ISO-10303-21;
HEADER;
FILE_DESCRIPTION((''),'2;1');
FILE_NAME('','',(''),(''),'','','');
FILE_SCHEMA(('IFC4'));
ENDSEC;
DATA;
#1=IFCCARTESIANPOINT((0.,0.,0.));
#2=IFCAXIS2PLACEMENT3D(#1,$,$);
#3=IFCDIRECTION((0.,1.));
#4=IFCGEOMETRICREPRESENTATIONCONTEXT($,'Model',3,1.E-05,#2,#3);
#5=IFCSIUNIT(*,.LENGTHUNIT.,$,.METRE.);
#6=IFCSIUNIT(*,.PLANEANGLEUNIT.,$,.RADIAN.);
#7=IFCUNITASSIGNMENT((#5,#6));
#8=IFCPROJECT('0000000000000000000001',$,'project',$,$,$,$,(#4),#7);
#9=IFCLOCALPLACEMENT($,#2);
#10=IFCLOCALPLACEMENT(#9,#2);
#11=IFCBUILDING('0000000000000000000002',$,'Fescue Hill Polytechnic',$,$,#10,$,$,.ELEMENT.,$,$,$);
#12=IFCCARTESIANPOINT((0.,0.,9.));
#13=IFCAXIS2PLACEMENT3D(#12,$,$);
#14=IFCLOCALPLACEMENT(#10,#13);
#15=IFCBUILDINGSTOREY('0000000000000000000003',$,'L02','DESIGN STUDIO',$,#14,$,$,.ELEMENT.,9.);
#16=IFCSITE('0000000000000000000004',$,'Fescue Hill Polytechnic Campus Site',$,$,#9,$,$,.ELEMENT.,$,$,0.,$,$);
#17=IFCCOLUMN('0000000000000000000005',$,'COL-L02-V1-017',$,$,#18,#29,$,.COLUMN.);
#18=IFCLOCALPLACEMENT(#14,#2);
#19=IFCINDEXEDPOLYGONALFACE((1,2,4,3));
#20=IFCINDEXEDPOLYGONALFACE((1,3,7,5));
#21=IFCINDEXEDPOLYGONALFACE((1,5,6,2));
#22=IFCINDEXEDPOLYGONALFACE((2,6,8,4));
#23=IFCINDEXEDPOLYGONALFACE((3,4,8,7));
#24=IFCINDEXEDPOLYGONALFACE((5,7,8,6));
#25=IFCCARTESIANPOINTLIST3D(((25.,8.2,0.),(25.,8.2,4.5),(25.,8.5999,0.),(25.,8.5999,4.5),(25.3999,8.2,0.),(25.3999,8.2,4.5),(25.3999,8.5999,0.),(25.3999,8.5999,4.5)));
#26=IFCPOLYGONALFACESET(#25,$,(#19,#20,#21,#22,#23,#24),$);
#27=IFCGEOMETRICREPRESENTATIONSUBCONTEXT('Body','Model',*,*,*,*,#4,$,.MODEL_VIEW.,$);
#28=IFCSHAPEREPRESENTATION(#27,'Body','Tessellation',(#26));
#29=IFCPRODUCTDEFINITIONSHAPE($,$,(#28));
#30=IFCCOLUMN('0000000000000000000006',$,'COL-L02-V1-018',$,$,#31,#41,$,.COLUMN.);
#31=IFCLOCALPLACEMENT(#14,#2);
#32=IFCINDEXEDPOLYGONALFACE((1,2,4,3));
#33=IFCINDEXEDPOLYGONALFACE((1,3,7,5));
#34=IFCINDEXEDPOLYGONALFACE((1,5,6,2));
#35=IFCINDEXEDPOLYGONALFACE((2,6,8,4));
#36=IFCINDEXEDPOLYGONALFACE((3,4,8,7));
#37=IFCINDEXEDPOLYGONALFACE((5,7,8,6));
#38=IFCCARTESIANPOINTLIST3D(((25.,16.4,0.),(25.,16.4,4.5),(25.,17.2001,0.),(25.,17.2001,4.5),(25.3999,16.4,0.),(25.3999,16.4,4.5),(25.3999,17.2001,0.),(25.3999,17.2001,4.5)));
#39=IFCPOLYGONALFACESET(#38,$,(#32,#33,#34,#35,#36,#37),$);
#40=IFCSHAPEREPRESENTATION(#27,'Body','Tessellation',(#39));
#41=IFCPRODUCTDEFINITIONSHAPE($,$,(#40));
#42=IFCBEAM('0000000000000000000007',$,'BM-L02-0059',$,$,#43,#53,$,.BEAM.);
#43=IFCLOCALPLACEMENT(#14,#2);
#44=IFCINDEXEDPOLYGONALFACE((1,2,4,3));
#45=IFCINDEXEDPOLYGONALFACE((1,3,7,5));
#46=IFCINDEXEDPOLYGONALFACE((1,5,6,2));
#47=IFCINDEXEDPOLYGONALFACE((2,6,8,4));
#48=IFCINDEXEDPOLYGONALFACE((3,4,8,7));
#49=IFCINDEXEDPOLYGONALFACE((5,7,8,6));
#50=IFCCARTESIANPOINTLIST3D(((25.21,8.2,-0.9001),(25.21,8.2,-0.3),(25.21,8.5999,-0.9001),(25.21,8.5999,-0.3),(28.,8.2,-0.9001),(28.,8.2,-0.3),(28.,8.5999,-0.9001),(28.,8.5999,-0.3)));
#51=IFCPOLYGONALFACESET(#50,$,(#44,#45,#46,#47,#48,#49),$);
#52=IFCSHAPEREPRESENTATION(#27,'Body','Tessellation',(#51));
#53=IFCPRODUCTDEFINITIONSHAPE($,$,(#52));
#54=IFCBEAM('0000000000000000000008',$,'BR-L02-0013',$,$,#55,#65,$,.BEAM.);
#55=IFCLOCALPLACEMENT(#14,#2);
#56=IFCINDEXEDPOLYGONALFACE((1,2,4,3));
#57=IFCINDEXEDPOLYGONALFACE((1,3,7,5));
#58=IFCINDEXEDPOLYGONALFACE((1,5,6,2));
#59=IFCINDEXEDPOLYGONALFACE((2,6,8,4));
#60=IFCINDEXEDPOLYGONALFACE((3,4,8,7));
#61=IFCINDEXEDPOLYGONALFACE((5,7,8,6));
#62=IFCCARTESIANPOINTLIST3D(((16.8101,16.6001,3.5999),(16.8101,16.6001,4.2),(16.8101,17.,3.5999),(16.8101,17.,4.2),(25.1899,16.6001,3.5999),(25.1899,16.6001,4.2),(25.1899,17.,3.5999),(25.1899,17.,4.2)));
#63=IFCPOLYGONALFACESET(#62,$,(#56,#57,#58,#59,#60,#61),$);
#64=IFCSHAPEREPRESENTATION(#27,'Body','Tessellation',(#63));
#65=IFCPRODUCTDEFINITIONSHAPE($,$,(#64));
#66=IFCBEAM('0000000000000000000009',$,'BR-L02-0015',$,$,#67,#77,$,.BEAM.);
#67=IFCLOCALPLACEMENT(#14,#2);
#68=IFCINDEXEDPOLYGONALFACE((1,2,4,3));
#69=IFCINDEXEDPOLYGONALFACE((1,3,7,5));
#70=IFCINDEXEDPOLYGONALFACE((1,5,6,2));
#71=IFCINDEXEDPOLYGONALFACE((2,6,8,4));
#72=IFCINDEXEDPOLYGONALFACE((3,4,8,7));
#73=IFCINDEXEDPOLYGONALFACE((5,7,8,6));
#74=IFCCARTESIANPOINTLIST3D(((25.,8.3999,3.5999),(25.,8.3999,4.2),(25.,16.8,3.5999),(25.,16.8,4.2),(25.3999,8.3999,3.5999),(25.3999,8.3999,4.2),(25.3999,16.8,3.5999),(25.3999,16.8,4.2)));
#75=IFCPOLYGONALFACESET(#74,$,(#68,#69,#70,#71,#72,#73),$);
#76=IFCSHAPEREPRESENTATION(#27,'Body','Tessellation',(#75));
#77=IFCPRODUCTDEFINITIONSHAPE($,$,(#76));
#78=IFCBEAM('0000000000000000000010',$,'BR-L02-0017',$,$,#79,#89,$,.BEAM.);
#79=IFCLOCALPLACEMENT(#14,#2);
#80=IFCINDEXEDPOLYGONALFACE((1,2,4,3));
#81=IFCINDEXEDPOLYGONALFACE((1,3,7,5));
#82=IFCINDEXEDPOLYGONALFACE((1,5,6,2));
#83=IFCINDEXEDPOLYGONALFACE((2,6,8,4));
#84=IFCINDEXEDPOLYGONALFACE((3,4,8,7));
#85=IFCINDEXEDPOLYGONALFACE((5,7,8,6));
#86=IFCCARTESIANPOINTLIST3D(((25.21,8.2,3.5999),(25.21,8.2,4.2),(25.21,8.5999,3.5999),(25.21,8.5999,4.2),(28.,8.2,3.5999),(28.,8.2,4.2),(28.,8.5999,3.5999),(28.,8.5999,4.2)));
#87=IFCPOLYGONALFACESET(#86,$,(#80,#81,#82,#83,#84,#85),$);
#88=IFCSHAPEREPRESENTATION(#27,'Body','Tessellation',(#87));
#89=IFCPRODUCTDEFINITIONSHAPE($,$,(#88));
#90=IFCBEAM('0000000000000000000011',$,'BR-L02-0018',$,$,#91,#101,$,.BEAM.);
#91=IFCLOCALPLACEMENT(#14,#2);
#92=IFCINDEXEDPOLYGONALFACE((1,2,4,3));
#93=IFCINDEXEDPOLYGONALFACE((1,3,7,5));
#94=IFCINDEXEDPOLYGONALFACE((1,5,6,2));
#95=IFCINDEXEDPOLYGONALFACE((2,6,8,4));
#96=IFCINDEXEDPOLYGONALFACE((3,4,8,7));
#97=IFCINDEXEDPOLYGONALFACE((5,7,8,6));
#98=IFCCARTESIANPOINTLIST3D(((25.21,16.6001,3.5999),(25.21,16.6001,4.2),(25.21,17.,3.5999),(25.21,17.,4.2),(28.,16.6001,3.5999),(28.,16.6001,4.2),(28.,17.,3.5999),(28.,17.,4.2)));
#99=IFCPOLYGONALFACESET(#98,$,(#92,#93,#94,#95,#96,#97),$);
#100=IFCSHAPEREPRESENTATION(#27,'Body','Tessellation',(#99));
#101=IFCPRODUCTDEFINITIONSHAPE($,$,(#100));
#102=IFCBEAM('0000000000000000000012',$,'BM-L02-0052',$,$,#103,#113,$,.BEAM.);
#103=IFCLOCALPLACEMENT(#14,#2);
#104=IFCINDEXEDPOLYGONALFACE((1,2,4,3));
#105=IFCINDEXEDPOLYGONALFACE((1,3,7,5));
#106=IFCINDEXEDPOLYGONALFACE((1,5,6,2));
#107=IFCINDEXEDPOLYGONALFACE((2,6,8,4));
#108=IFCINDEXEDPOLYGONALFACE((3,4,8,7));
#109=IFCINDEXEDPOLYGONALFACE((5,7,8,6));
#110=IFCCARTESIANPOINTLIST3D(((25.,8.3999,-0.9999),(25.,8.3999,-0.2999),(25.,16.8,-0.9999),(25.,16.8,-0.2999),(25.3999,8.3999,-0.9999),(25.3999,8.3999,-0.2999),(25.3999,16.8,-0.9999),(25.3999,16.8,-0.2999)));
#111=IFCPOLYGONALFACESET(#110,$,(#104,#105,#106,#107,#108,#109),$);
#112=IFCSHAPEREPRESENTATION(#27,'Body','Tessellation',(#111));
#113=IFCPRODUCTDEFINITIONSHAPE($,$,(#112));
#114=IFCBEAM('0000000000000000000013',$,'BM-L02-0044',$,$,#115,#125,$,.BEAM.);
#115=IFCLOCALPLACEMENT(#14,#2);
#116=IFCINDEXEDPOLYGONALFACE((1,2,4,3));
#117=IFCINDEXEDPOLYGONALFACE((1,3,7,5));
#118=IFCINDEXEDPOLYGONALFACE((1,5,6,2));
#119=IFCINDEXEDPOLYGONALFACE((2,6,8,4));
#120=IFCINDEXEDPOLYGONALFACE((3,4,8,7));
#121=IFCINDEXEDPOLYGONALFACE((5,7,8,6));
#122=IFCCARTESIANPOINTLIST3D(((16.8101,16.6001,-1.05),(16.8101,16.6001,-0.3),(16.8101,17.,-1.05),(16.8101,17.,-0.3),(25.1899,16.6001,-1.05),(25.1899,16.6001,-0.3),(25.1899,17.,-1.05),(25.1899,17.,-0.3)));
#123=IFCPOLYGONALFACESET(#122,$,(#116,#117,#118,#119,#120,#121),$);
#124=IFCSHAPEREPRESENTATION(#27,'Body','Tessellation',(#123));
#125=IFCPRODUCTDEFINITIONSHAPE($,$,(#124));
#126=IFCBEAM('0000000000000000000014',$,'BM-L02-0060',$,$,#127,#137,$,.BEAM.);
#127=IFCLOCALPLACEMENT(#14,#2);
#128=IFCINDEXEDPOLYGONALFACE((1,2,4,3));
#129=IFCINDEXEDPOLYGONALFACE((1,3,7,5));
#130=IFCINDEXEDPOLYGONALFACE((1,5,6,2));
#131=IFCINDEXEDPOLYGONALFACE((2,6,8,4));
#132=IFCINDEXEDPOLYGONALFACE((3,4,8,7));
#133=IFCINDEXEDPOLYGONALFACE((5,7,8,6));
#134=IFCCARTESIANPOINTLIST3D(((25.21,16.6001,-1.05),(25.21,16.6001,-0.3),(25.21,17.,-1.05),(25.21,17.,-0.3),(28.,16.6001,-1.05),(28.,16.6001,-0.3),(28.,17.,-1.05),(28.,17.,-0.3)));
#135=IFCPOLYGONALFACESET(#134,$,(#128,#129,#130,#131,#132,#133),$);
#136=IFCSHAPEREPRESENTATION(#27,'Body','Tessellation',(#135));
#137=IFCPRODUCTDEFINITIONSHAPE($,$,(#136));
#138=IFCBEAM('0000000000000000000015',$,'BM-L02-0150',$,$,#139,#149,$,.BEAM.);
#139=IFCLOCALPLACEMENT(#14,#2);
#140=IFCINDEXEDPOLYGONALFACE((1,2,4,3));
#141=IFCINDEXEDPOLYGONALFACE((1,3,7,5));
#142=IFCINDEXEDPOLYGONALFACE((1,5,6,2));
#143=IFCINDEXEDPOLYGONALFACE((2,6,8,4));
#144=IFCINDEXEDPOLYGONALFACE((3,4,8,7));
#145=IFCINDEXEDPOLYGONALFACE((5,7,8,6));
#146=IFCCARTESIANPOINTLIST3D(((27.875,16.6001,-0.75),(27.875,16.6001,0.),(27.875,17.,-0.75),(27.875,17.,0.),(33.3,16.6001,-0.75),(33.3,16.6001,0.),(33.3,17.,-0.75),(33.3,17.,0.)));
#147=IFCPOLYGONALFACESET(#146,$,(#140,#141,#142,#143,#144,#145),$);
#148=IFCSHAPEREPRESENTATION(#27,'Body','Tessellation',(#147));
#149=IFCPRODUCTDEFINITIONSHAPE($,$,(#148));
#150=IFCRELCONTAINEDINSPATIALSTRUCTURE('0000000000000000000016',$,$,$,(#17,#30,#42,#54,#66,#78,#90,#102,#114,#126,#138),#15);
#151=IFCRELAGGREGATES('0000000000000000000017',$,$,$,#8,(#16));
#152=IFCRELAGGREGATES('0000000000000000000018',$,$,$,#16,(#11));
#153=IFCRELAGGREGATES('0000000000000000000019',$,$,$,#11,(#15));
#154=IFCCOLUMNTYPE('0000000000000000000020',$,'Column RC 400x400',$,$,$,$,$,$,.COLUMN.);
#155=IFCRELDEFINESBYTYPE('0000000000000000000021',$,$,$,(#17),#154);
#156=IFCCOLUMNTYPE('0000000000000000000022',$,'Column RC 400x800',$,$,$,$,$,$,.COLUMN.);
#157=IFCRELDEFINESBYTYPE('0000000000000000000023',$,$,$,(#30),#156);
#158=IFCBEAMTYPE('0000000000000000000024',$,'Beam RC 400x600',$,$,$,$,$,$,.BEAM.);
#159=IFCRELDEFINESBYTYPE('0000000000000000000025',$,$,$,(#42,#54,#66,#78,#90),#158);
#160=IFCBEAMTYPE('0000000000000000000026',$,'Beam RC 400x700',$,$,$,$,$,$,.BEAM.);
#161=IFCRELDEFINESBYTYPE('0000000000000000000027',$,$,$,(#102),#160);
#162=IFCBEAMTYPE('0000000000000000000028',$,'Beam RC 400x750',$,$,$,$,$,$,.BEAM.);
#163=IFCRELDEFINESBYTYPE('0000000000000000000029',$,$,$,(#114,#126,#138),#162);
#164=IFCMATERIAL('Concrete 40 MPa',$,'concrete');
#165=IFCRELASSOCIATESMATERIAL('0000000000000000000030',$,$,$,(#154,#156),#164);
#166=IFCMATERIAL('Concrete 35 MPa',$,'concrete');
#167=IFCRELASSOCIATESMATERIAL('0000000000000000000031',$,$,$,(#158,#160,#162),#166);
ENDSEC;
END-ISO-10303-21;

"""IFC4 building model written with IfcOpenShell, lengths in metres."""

from ifc_helpers import new_model, si_unit, direction, frame, origin, origin_2d, place, context, subcontext, project, spatial, rectangle, extrude, material, material_profile, profile_set, type_object, element, save


model = new_model("IFC4")

# Units and contexts
model_context = context("Model", 3, precision=1e-05, world=origin(), true_north=direction((0.0, 1.0)))
body_context = subcontext(model_context, "Body", "Model", "MODEL_VIEW")
ifc_project = project(units=[si_unit("LENGTHUNIT", "METRE"), si_unit("PLANEANGLEUNIT", "RADIAN")], contexts=[model_context])

# Site, building, storey
site_placement = place(None, origin())
site = spatial("IfcSite", under=ifc_project, at=site_placement, Name="Fescue Hill Polytechnic Campus Site", CompositionType="ELEMENT", RefElevation=0.0)
building_placement = place(site_placement, origin())
building = spatial("IfcBuilding", under=site, at=building_placement, Name="Fescue Hill Polytechnic", CompositionType="ELEMENT")
storey_placement = place(building_placement, frame((0.0, 0.0, 9.0)))
storey = spatial("IfcBuildingStorey", under=building, at=storey_placement, Name="L02", Description="DESIGN STUDIO", CompositionType="ELEMENT", Elevation=9.0)

# Columns
ifc_material_1 = material(Name="Concrete 40 MPa", Category="concrete")
ifc_material_profile_1 = material_profile(ifc_material_1, rectangle(XDim=0.3999, YDim=0.3999, at=origin_2d()), Name="RC 400x400")
ifc_profile_set_1 = profile_set([ifc_material_profile_1], Name="Concrete 40 MPa")
column_type_1 = type_object("IfcColumnType", Name="Column RC 400x400", PredefinedType="COLUMN", material=ifc_profile_set_1)
column_1_placement = place(storey_placement, frame((25.2, 8.3999, 0.0), z_axis=(0.0, 0.0, 1.0), x_axis=(1.0, 0.0, 0.0)))
element("IfcColumn", 1, at=column_1_placement, inside=storey, type_object=column_type_1, Name="COL-L02-V1-017", PredefinedType="COLUMN", context=body_context, shape_type="SweptSolid", body=[
    extrude(rectangle(XDim=0.3999, YDim=0.3999, at=origin_2d()), origin(), (0.0, 0.0, 1.0), 4.5),
])
ifc_material_profile_2 = material_profile(ifc_material_1, rectangle(XDim=0.3999, YDim=0.8, at=origin_2d()), Name="RC 400x800")
ifc_profile_set_2 = profile_set([ifc_material_profile_2], Name="Concrete 40 MPa")
column_type_2 = type_object("IfcColumnType", Name="Column RC 400x800", PredefinedType="COLUMN", material=ifc_profile_set_2)
column_2_placement = place(storey_placement, frame((25.2, 16.8, 0.0), z_axis=(0.0, 0.0, 1.0), x_axis=(1.0, 0.0, 0.0)))
element("IfcColumn", 2, at=column_2_placement, inside=storey, type_object=column_type_2, Name="COL-L02-V1-018", PredefinedType="COLUMN", context=body_context, shape_type="SweptSolid", body=[
    extrude(rectangle(XDim=0.3999, YDim=0.8, at=origin_2d()), origin(), (0.0, 0.0, 1.0), 4.5),
])

# Beams
ifc_material_2 = material(Name="Concrete 35 MPa", Category="concrete")
ifc_material_profile_3 = material_profile(ifc_material_2, rectangle(XDim=0.3999, YDim=0.6001, at=origin_2d()), Name="RC 400x600")
ifc_profile_set_3 = profile_set([ifc_material_profile_3], Name="Concrete 35 MPa")
beam_type_1 = type_object("IfcBeamType", Name="Beam RC 400x600", PredefinedType="BEAM", material=ifc_profile_set_3)
beam_1_placement = place(storey_placement, frame((25.21, 8.3999, -0.6001), z_axis=(1.0, 0.0, 0.0), x_axis=(0.0, 1.0, 0.0)))
element("IfcBeam", 3, at=beam_1_placement, inside=storey, type_object=beam_type_1, Name="BM-L02-0059", PredefinedType="BEAM", context=body_context, shape_type="SweptSolid", body=[
    extrude(rectangle(XDim=0.3999, YDim=0.6001, at=origin_2d()), origin(), (0.0, 0.0, 1.0), 2.79),
])
beam_2_placement = place(storey_placement, frame((16.8101, 16.8, 3.8999), z_axis=(1.0, 0.0, 0.0), x_axis=(0.0, 1.0, 0.0)))
element("IfcBeam", 4, at=beam_2_placement, inside=storey, type_object=beam_type_1, Name="BR-L02-0013", PredefinedType="BEAM", context=body_context, shape_type="SweptSolid", body=[
    extrude(rectangle(XDim=0.3999, YDim=0.6001, at=origin_2d()), origin(), (0.0, 0.0, 1.0), 8.3799),
])
beam_3_placement = place(storey_placement, frame((25.2, 8.3999, 3.8999), z_axis=(0.0, 1.0, 0.0), x_axis=(-1.0, 0.0, 0.0)))
element("IfcBeam", 5, at=beam_3_placement, inside=storey, type_object=beam_type_1, Name="BR-L02-0015", PredefinedType="BEAM", context=body_context, shape_type="SweptSolid", body=[
    extrude(rectangle(XDim=0.3999, YDim=0.6001, at=origin_2d()), origin(), (0.0, 0.0, 1.0), 8.4001),
])
for number, where, z_axis, x_axis, name in (
    (6, (25.21, 8.3999, 3.8999), (1.0, 0.0, 0.0), (0.0, 1.0, 0.0), "BR-L02-0017"),
    (7, (25.21, 16.8, 3.8999), (1.0, 0.0, 0.0), (0.0, 1.0, 0.0), "BR-L02-0018"),
):
    element("IfcBeam", number, at=place(storey_placement, frame(where, z_axis=z_axis, x_axis=x_axis)), inside=storey, type_object=beam_type_1, Name=name, PredefinedType="BEAM", context=body_context, shape_type="SweptSolid", body=[
        extrude(rectangle(XDim=0.3999, YDim=0.6001, at=origin_2d()), origin(), (0.0, 0.0, 1.0), 2.79),
    ])
ifc_material_profile_4 = material_profile(ifc_material_2, rectangle(XDim=0.3999, YDim=0.7, at=origin_2d()), Name="RC 400x700")
ifc_profile_set_4 = profile_set([ifc_material_profile_4], Name="Concrete 35 MPa")
beam_type_2 = type_object("IfcBeamType", Name="Beam RC 400x700", PredefinedType="BEAM", material=ifc_profile_set_4)
beam_4_placement = place(storey_placement, frame((25.2, 8.3999, -0.6499), z_axis=(0.0, 1.0, 0.0), x_axis=(-1.0, 0.0, 0.0)))
element("IfcBeam", 8, at=beam_4_placement, inside=storey, type_object=beam_type_2, Name="BM-L02-0052", PredefinedType="BEAM", context=body_context, shape_type="SweptSolid", body=[
    extrude(rectangle(XDim=0.3999, YDim=0.7, at=origin_2d()), origin(), (0.0, 0.0, 1.0), 8.4001),
])
ifc_material_profile_5 = material_profile(ifc_material_2, rectangle(XDim=0.3999, YDim=0.75, at=origin_2d()), Name="RC 400x750")
ifc_profile_set_5 = profile_set([ifc_material_profile_5], Name="Concrete 35 MPa")
beam_type_3 = type_object("IfcBeamType", Name="Beam RC 400x750", PredefinedType="BEAM", material=ifc_profile_set_5)
beam_5_placement = place(storey_placement, frame((16.8101, 16.8, -0.675), z_axis=(1.0, 0.0, 0.0), x_axis=(0.0, 1.0, 0.0)))
element("IfcBeam", 9, at=beam_5_placement, inside=storey, type_object=beam_type_3, Name="BM-L02-0044", PredefinedType="BEAM", context=body_context, shape_type="SweptSolid", body=[
    extrude(rectangle(XDim=0.3999, YDim=0.75, at=origin_2d()), origin(), (0.0, 0.0, 1.0), 8.3799),
])
beam_6_placement = place(storey_placement, frame((25.21, 16.8, -0.675), z_axis=(1.0, 0.0, 0.0), x_axis=(0.0, 1.0, 0.0)))
element("IfcBeam", 10, at=beam_6_placement, inside=storey, type_object=beam_type_3, Name="BM-L02-0060", PredefinedType="BEAM", context=body_context, shape_type="SweptSolid", body=[
    extrude(rectangle(XDim=0.3999, YDim=0.75, at=origin_2d()), origin(), (0.0, 0.0, 1.0), 2.79),
])
beam_7_placement = place(storey_placement, frame((27.875, 16.8, -0.375), z_axis=(1.0, 0.0, 0.0), x_axis=(0.0, 1.0, 0.0)))
element("IfcBeam", 11, at=beam_7_placement, inside=storey, type_object=beam_type_3, Name="BM-L02-0150", PredefinedType="BEAM", context=body_context, shape_type="SweptSolid", body=[
    extrude(rectangle(XDim=0.3999, YDim=0.75, at=origin_2d()), origin(), (0.0, 0.0, 1.0), 5.425),
])

save(model, "model.ifc")
